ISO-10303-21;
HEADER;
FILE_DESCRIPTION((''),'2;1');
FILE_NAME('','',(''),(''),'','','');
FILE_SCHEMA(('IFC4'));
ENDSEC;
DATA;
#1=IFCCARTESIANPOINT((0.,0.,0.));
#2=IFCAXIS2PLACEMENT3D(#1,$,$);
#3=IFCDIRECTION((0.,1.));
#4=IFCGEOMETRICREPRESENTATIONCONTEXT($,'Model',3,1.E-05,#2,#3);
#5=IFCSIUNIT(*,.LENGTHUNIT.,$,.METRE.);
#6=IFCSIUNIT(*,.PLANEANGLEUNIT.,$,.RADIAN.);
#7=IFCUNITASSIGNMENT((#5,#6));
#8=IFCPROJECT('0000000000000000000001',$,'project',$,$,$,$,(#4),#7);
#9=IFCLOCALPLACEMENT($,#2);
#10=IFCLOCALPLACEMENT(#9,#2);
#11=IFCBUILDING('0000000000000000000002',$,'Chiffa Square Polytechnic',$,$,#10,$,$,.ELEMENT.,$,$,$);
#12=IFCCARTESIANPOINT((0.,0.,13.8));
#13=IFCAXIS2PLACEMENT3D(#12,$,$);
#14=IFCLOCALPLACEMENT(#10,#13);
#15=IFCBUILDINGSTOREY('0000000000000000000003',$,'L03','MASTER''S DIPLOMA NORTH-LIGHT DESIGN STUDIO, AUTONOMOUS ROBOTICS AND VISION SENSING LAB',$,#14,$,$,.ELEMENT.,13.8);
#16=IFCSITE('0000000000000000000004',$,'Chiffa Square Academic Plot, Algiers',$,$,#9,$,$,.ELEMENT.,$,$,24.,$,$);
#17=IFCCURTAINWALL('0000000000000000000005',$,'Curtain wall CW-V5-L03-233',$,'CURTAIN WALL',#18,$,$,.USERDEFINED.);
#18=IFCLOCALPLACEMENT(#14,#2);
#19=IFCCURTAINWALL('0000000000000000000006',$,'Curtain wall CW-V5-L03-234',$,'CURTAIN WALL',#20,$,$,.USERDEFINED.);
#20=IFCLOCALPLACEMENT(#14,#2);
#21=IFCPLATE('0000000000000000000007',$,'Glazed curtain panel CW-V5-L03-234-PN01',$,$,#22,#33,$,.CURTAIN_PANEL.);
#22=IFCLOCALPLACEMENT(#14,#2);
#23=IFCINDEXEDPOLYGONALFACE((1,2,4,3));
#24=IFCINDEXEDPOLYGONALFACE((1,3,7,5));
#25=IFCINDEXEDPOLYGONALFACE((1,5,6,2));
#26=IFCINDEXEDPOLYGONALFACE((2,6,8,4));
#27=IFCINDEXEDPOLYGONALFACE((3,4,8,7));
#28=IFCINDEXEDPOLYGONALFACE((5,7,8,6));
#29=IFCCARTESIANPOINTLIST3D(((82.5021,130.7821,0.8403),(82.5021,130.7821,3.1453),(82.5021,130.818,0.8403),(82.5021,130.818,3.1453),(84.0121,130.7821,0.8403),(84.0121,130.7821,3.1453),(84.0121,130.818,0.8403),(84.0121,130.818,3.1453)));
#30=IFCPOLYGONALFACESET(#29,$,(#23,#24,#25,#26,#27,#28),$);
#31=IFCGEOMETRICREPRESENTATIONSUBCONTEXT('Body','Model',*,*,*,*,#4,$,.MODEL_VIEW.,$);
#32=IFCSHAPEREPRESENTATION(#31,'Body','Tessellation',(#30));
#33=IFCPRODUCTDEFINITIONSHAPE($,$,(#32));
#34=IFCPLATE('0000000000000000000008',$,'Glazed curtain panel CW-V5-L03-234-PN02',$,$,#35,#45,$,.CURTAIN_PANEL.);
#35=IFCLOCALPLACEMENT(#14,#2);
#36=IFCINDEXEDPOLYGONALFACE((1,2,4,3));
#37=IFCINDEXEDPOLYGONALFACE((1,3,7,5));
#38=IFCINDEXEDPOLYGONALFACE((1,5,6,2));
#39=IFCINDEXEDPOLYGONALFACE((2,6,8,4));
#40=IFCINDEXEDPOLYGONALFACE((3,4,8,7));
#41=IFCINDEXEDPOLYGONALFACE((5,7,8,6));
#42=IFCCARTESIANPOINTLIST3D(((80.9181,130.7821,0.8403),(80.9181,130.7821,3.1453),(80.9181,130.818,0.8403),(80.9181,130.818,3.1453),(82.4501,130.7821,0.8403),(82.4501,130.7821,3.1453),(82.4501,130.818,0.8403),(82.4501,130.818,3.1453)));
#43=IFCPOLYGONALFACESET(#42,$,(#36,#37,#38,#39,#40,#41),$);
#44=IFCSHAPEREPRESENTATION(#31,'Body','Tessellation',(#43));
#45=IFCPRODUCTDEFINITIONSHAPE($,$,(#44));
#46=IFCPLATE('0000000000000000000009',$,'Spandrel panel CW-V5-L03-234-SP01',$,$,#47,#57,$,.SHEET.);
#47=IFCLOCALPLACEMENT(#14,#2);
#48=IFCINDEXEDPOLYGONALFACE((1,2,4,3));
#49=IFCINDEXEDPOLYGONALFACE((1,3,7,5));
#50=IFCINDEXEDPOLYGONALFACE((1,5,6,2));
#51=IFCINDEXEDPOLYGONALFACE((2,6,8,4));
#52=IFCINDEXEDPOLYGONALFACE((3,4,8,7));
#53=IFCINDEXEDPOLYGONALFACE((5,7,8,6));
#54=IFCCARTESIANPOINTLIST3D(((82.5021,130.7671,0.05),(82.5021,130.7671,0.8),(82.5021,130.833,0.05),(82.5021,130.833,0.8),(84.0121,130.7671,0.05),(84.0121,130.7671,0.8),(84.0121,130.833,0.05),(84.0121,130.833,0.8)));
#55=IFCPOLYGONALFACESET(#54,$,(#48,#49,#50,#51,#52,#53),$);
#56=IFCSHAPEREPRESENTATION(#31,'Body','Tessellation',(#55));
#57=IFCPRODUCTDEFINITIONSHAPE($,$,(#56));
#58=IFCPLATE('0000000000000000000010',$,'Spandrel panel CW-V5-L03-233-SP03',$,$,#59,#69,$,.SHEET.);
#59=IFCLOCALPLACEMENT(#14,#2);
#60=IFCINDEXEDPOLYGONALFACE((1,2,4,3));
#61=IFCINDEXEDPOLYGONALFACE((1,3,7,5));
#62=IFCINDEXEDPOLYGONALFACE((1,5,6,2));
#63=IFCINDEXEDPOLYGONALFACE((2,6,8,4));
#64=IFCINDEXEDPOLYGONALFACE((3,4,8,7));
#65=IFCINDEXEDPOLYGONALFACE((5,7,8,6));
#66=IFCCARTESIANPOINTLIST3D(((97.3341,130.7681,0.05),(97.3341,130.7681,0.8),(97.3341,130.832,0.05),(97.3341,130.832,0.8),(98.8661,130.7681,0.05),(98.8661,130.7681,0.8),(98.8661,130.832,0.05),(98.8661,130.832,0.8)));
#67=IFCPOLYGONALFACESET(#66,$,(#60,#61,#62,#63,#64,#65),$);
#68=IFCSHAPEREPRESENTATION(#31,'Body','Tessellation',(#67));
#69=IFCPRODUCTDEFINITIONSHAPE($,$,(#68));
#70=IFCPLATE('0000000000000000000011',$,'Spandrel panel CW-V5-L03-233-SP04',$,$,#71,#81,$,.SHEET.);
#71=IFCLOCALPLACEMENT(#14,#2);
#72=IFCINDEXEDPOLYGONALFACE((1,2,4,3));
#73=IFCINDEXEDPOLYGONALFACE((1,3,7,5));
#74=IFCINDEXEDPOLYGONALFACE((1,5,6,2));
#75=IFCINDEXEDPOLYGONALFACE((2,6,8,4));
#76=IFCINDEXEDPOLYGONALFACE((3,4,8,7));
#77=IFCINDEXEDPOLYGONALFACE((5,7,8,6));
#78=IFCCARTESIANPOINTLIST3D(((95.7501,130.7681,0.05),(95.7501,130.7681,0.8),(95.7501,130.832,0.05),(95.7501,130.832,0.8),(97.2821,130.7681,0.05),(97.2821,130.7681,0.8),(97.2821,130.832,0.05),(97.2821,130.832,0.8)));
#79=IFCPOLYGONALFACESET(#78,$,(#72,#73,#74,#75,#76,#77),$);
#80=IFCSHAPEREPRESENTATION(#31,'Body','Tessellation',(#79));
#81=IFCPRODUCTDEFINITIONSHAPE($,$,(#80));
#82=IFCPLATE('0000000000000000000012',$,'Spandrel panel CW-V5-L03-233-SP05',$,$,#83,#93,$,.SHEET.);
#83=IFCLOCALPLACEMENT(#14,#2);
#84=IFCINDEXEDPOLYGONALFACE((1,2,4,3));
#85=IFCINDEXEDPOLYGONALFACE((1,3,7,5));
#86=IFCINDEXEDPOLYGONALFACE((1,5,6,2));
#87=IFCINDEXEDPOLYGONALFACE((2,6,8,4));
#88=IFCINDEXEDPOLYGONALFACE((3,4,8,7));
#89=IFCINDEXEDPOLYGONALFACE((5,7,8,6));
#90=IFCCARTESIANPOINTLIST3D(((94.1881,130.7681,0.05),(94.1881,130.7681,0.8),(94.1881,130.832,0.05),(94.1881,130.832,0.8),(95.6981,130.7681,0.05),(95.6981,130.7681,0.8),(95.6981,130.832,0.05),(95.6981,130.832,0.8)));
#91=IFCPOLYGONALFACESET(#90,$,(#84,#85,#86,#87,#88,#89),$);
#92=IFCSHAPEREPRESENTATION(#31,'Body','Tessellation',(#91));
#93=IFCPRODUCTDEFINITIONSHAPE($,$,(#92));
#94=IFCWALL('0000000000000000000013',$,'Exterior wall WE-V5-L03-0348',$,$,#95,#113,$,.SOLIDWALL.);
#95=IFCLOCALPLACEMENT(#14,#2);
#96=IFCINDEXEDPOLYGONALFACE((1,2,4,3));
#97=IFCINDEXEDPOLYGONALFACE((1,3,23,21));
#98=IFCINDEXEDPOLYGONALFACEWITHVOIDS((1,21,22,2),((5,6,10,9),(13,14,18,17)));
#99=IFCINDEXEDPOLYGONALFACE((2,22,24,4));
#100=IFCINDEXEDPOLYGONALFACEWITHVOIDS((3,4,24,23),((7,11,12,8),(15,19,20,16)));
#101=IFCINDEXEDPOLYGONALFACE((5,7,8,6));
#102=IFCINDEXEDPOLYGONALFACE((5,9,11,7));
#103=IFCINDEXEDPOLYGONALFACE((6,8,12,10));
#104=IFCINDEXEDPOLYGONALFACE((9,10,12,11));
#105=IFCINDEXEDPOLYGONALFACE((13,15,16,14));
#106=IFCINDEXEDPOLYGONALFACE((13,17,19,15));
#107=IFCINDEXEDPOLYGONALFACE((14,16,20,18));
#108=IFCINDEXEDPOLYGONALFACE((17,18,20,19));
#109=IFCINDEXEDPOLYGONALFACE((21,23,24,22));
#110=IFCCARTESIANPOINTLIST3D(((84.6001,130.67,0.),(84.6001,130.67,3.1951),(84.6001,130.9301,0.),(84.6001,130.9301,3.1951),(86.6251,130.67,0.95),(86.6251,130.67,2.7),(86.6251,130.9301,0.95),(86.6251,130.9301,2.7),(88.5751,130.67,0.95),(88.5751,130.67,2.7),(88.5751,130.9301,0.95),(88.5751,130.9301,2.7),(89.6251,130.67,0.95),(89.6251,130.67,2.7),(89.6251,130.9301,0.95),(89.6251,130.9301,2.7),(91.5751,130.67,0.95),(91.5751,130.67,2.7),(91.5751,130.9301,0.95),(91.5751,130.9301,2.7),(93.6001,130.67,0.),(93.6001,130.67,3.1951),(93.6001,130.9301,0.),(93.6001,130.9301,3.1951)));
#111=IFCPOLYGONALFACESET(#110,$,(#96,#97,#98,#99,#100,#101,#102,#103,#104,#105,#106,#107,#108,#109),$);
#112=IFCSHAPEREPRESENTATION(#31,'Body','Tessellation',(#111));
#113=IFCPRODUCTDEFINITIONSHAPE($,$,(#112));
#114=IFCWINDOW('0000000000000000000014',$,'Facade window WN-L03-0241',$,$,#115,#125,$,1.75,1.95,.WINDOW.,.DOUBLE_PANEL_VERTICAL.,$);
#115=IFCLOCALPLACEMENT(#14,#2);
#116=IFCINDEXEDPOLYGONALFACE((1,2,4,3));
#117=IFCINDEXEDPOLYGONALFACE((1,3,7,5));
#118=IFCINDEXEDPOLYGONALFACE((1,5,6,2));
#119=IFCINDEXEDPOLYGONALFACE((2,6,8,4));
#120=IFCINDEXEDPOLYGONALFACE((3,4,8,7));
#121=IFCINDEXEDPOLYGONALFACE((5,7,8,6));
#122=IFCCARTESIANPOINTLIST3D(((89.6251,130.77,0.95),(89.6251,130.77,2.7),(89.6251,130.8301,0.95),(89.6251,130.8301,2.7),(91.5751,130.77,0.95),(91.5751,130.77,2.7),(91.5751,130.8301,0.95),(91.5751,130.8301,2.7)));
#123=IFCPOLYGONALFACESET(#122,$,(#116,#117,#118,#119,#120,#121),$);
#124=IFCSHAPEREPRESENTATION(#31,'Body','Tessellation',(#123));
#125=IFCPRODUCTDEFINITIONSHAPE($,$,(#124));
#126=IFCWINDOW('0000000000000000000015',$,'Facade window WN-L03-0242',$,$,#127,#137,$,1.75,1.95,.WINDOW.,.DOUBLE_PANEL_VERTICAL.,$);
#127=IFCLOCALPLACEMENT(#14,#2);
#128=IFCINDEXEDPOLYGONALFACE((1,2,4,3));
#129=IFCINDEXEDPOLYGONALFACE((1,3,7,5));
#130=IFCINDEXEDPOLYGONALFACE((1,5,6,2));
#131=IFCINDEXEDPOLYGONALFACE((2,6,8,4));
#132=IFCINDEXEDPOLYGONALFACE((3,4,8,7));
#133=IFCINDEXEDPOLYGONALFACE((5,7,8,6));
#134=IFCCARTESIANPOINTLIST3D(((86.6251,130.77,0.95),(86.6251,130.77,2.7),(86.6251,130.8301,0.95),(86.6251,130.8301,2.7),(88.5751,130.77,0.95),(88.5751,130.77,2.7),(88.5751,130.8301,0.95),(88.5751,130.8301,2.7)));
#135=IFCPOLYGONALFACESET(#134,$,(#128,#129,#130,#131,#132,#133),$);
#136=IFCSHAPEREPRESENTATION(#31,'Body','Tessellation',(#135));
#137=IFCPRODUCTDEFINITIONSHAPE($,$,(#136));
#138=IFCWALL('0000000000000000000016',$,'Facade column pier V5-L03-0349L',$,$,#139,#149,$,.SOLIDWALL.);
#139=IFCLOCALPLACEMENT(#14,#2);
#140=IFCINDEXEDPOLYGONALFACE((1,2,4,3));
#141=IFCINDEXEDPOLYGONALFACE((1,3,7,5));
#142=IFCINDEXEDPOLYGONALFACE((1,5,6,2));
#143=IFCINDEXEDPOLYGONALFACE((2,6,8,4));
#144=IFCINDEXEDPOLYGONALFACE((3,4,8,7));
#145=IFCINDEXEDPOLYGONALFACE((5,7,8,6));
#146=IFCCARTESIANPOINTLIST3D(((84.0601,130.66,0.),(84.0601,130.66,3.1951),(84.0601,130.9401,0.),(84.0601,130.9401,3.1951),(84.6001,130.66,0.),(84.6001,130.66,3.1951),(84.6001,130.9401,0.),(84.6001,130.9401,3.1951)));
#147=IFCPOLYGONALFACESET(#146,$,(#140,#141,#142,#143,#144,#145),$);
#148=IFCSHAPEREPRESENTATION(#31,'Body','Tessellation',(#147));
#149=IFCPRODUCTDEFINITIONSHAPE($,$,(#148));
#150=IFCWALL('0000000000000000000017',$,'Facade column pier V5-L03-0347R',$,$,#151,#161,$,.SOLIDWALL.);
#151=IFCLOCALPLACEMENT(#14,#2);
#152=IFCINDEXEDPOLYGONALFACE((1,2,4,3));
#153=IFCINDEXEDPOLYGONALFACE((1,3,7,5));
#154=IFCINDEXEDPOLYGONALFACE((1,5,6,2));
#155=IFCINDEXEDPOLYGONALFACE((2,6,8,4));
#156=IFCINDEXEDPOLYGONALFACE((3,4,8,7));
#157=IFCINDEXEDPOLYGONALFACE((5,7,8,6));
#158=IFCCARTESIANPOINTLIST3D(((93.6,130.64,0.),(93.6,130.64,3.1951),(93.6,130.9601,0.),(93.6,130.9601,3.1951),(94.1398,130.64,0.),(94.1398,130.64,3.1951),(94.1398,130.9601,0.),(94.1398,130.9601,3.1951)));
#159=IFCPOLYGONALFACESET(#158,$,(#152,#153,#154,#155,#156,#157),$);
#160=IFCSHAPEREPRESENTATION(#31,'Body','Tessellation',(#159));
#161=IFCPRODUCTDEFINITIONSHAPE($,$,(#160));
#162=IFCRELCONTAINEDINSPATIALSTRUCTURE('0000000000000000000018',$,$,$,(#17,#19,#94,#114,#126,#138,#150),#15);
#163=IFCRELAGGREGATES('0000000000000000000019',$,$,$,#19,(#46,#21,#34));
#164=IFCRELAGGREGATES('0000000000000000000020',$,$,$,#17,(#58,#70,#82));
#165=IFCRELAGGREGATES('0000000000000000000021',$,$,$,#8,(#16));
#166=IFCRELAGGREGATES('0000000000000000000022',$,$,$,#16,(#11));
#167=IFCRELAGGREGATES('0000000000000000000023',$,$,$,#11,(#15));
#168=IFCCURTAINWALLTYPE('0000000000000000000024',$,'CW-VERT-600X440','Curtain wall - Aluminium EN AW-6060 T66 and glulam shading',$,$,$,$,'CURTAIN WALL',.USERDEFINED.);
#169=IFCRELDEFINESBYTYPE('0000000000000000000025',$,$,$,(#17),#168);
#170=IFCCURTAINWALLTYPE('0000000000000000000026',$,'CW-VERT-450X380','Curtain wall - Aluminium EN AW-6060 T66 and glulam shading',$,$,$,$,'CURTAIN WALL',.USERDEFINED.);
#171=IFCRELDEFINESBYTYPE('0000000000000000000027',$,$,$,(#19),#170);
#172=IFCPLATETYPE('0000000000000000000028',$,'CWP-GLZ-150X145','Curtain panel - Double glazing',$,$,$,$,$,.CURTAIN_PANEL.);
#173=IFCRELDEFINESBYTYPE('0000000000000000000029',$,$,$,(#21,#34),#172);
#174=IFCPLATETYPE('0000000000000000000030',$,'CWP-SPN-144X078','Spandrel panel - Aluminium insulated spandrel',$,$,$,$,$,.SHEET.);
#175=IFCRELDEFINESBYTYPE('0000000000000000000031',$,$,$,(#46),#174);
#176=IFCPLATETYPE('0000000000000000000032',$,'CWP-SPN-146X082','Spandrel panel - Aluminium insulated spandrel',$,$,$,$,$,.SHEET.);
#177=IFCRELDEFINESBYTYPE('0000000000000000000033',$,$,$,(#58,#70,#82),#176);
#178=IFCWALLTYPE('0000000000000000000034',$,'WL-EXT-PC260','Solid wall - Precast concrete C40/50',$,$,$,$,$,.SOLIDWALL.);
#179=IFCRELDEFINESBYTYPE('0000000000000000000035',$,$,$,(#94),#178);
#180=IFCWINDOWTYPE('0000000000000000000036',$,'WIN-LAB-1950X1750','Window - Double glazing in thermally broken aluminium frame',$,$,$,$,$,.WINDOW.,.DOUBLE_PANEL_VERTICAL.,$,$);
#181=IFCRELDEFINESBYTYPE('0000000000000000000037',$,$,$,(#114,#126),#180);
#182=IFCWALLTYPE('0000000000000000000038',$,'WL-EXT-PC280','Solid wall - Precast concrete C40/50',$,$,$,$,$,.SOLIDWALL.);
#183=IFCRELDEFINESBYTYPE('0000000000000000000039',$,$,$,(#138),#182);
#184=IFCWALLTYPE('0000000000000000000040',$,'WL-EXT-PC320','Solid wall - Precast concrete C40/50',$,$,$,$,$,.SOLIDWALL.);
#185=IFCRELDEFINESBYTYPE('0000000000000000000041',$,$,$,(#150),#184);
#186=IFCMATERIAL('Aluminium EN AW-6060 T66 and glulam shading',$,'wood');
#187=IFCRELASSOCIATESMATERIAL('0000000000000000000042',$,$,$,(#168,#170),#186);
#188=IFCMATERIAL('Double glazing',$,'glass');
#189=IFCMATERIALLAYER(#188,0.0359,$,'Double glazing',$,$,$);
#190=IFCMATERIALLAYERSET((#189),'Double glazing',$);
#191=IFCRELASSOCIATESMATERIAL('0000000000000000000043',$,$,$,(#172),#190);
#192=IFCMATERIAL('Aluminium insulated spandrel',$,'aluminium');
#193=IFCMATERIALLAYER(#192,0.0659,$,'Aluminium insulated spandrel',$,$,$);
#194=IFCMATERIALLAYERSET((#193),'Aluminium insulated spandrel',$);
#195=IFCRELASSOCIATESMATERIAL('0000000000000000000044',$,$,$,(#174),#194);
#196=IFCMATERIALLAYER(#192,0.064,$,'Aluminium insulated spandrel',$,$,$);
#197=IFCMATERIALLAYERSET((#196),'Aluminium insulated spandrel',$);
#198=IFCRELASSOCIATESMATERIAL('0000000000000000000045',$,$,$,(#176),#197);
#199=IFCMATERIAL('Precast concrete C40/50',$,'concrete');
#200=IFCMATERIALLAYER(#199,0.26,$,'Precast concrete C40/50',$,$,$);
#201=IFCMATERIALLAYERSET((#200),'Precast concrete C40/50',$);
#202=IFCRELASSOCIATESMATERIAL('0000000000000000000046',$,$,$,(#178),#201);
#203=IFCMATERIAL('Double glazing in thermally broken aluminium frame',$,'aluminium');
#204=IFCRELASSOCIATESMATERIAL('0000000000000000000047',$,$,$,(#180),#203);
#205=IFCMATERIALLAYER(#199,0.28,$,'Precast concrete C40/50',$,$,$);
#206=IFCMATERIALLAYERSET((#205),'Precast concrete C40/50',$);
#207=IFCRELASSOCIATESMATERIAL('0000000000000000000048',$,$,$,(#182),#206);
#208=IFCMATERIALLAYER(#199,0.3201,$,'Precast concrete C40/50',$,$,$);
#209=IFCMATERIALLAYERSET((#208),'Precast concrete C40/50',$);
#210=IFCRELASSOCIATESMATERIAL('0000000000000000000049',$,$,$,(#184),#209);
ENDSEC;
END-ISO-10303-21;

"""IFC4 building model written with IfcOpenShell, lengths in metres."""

from ifc_helpers import new_model, si_unit, direction, frame, frame_2d, origin, origin_2d, place, context, subcontext, project, spatial, rectangle, extrude, material, layer, layer_set, type_object, element, fill, aggregate, save


model = new_model("IFC4")

# Units and contexts
model_context = context("Model", 3, precision=1e-05, world=origin(), true_north=direction((0.0, 1.0)))
body_context = subcontext(model_context, "Body", "Model", "MODEL_VIEW")
ifc_project = project(units=[si_unit("LENGTHUNIT", "METRE"), si_unit("PLANEANGLEUNIT", "RADIAN")], contexts=[model_context])

# Site, building, storey
site_placement = place(None, origin())
site = spatial("IfcSite", under=ifc_project, at=site_placement, Name="Chiffa Square Academic Plot, Algiers", CompositionType="ELEMENT", RefElevation=24.0)
building_placement = place(site_placement, origin())
building = spatial("IfcBuilding", under=site, at=building_placement, Name="Chiffa Square Polytechnic", CompositionType="ELEMENT")
storey_placement = place(building_placement, frame((0.0, 0.0, 13.8)))
storey = spatial("IfcBuildingStorey", under=building, at=storey_placement, Name="L03", Description="MASTER'S DIPLOMA NORTH-LIGHT DESIGN STUDIO, AUTONOMOUS ROBOTICS AND VISION SENSING LAB", CompositionType="ELEMENT", Elevation=13.8)

# Curtain walls
ifc_material_1 = material(Name="Aluminium EN AW-6060 T66 and glulam shading", Category="wood")
curtain_wall_type_1 = type_object("IfcCurtainWallType", Name="CW-VERT-600X440", Description="Curtain wall - Aluminium EN AW-6060 T66 and glulam shading", ElementType="CURTAIN WALL", PredefinedType="USERDEFINED", material=ifc_material_1)
curtain_wall_1_placement = place(storey_placement, origin())
curtain_wall_1 = element("IfcCurtainWall", 1, at=curtain_wall_1_placement, inside=storey, type_object=curtain_wall_type_1, Name="Curtain wall CW-V5-L03-233", ObjectType="CURTAIN WALL", PredefinedType="USERDEFINED")
curtain_wall_type_2 = type_object("IfcCurtainWallType", Name="CW-VERT-450X380", Description="Curtain wall - Aluminium EN AW-6060 T66 and glulam shading", ElementType="CURTAIN WALL", PredefinedType="USERDEFINED", material=ifc_material_1)
curtain_wall_2_placement = place(storey_placement, origin())
curtain_wall_2 = element("IfcCurtainWall", 2, at=curtain_wall_2_placement, inside=storey, type_object=curtain_wall_type_2, Name="Curtain wall CW-V5-L03-234", ObjectType="CURTAIN WALL", PredefinedType="USERDEFINED")

# Plates
ifc_material_2 = material(Name="Double glazing", Category="glass")
ifc_layer_1 = layer(ifc_material_2, 0.0359, Name="Double glazing")
ifc_layer_set_1 = layer_set([ifc_layer_1], Name="Double glazing")
plate_type_1 = type_object("IfcPlateType", Name="CWP-GLZ-150X145", Description="Curtain panel - Double glazing", PredefinedType="CURTAIN_PANEL", material=ifc_layer_set_1)
plate_1_placement = place(storey_placement, frame((83.2571, 130.8, 0.8403), z_axis=(0.0, 0.0, 1.0), x_axis=(-1.0, 0.0, 0.0)))
plate_1 = element("IfcPlate", 3, at=plate_1_placement, type_object=plate_type_1, Name="Glazed curtain panel CW-V5-L03-234-PN01", PredefinedType="CURTAIN_PANEL", context=body_context, shape_type="SweptSolid", body=[
    extrude(rectangle(XDim=1.51, YDim=0.0359, at=origin_2d()), origin(), (0.0, 0.0, 1.0), 2.3049),
])
plate_2_placement = place(storey_placement, frame((81.6841, 130.8, 0.8403), z_axis=(0.0, 0.0, 1.0), x_axis=(-1.0, 0.0, 0.0)))
plate_2 = element("IfcPlate", 4, at=plate_2_placement, type_object=plate_type_1, Name="Glazed curtain panel CW-V5-L03-234-PN02", PredefinedType="CURTAIN_PANEL", context=body_context, shape_type="SweptSolid", body=[
    extrude(rectangle(XDim=1.532, YDim=0.0359, at=origin_2d()), origin(), (0.0, 0.0, 1.0), 2.3049),
])
ifc_material_3 = material(Name="Aluminium insulated spandrel", Category="aluminium")
ifc_layer_2 = layer(ifc_material_3, 0.0659, Name="Aluminium insulated spandrel")
ifc_layer_set_2 = layer_set([ifc_layer_2], Name="Aluminium insulated spandrel")
plate_type_2 = type_object("IfcPlateType", Name="CWP-SPN-144X078", Description="Spandrel panel - Aluminium insulated spandrel", PredefinedType="SHEET", material=ifc_layer_set_2)
plate_3_placement = place(storey_placement, frame((83.2571, 130.8, 0.05), z_axis=(0.0, 0.0, 1.0), x_axis=(-1.0, 0.0, 0.0)))
plate_3 = element("IfcPlate", 5, at=plate_3_placement, type_object=plate_type_2, Name="Spandrel panel CW-V5-L03-234-SP01", PredefinedType="SHEET", context=body_context, shape_type="SweptSolid", body=[
    extrude(rectangle(XDim=1.51, YDim=0.0659, at=origin_2d()), origin(), (0.0, 0.0, 1.0), 0.75),
])
aggregate(curtain_wall_2, [plate_3, plate_1, plate_2])
ifc_layer_3 = layer(ifc_material_3, 0.064, Name="Aluminium insulated spandrel")
ifc_layer_set_3 = layer_set([ifc_layer_3], Name="Aluminium insulated spandrel")
plate_type_3 = type_object("IfcPlateType", Name="CWP-SPN-146X082", Description="Spandrel panel - Aluminium insulated spandrel", PredefinedType="SHEET", material=ifc_layer_set_3)
plate_4_placement = place(storey_placement, frame((98.1001, 130.8, 0.05), z_axis=(0.0, 0.0, 1.0), x_axis=(-1.0, 0.0, 0.0)))
plate_4 = element("IfcPlate", 6, at=plate_4_placement, type_object=plate_type_3, Name="Spandrel panel CW-V5-L03-233-SP03", PredefinedType="SHEET", context=body_context, shape_type="SweptSolid", body=[
    extrude(rectangle(XDim=1.532, YDim=0.064, at=origin_2d()), origin(), (0.0, 0.0, 1.0), 0.75),
])
plate_5_placement = place(storey_placement, frame((96.5161, 130.8, 0.05), z_axis=(0.0, 0.0, 1.0), x_axis=(-1.0, 0.0, 0.0)))
plate_5 = element("IfcPlate", 7, at=plate_5_placement, type_object=plate_type_3, Name="Spandrel panel CW-V5-L03-233-SP04", PredefinedType="SHEET", context=body_context, shape_type="SweptSolid", body=[
    extrude(rectangle(XDim=1.532, YDim=0.064, at=origin_2d()), origin(), (0.0, 0.0, 1.0), 0.75),
])
plate_6_placement = place(storey_placement, frame((94.9431, 130.8, 0.05), z_axis=(0.0, 0.0, 1.0), x_axis=(-1.0, 0.0, 0.0)))
plate_6 = element("IfcPlate", 8, at=plate_6_placement, type_object=plate_type_3, Name="Spandrel panel CW-V5-L03-233-SP05", PredefinedType="SHEET", context=body_context, shape_type="SweptSolid", body=[
    extrude(rectangle(XDim=1.51, YDim=0.064, at=origin_2d()), origin(), (0.0, 0.0, 1.0), 0.75),
])
aggregate(curtain_wall_1, [plate_4, plate_5, plate_6])

# Wall, openings, windows
ifc_material_4 = material(Name="Precast concrete C40/50", Category="concrete")
ifc_layer_4 = layer(ifc_material_4, 0.26, Name="Precast concrete C40/50")
ifc_layer_set_4 = layer_set([ifc_layer_4], Name="Precast concrete C40/50")
wall_type_1 = type_object("IfcWallType", Name="WL-EXT-PC260", Description="Solid wall - Precast concrete C40/50", PredefinedType="SOLIDWALL", material=ifc_layer_set_4)
wall_1_placement = place(storey_placement, frame((93.6001, 130.8, 0.0), z_axis=(0.0, 0.0, 1.0), x_axis=(-1.0, 0.0, 0.0)))
wall_1 = element("IfcWall", 9, at=wall_1_placement, inside=storey, type_object=wall_type_1, Name="Exterior wall WE-V5-L03-0348", PredefinedType="SOLIDWALL", context=body_context, shape_type="SweptSolid", body=[
    extrude(rectangle(XDim=9.0, YDim=0.26, at=frame_2d((4.5, 0.0))), origin(), (0.0, 0.0, 1.0), 3.1951),
])
opening_1_placement = place(wall_1_placement, frame((2.0249, 0.0, 0.95)))
opening_1 = element("IfcOpeningElement", 10, at=opening_1_placement, cuts=wall_1, PredefinedType="OPENING", context=body_context, shape_type="SweptSolid", body=[
    extrude(rectangle(XDim=1.95, YDim=1.75, at=frame_2d((0.9751, 0.875))), frame((0.0, 0.1401, 0.0), z_axis=(0.0, -1.0, 0.0), x_axis=(1.0, 0.0, 0.0)), (0.0, 0.0, 1.0), 0.28),
])
opening_2_placement = place(wall_1_placement, frame((5.0249, 0.0, 0.95)))
opening_2 = element("IfcOpeningElement", 11, at=opening_2_placement, cuts=wall_1, PredefinedType="OPENING", context=body_context, shape_type="SweptSolid", body=[
    extrude(rectangle(XDim=1.95, YDim=1.75, at=frame_2d((0.9751, 0.875))), frame((0.0, 0.1401, 0.0), z_axis=(0.0, -1.0, 0.0), x_axis=(1.0, 0.0, 0.0)), (0.0, 0.0, 1.0), 0.28),
])
ifc_material_5 = material(Name="Double glazing in thermally broken aluminium frame", Category="aluminium")
window_type = type_object("IfcWindowType", Name="WIN-LAB-1950X1750", Description="Window - Double glazing in thermally broken aluminium frame", PartitioningType="DOUBLE_PANEL_VERTICAL", PredefinedType="WINDOW", material=ifc_material_5)
window_1_placement = place(opening_1_placement, origin())
window_1 = element("IfcWindow", 12, at=window_1_placement, inside=storey, type_object=window_type, Name="Facade window WN-L03-0241", OverallHeight=1.75, OverallWidth=1.95, PartitioningType="DOUBLE_PANEL_VERTICAL", PredefinedType="WINDOW", context=body_context, shape_type="SweptSolid", body=[
    extrude(rectangle(XDim=1.95, YDim=1.75, at=frame_2d((0.9751, 0.875))), frame((0.0, 0.03, 0.0), z_axis=(0.0, -1.0, 0.0), x_axis=(1.0, 0.0, 0.0)), (0.0, 0.0, 1.0), 0.0601),
])
fill(opening_1, window_1)
window_2_placement = place(opening_2_placement, origin())
window_2 = element("IfcWindow", 13, at=window_2_placement, inside=storey, type_object=window_type, Name="Facade window WN-L03-0242", OverallHeight=1.75, OverallWidth=1.95, PartitioningType="DOUBLE_PANEL_VERTICAL", PredefinedType="WINDOW", context=body_context, shape_type="SweptSolid", body=[
    extrude(rectangle(XDim=1.95, YDim=1.75, at=frame_2d((0.9751, 0.875))), frame((0.0, 0.03, 0.0), z_axis=(0.0, -1.0, 0.0), x_axis=(1.0, 0.0, 0.0)), (0.0, 0.0, 1.0), 0.0601),
])
fill(opening_2, window_2)

# Walls
ifc_layer_5 = layer(ifc_material_4, 0.28, Name="Precast concrete C40/50")
ifc_layer_set_5 = layer_set([ifc_layer_5], Name="Precast concrete C40/50")
wall_type_2 = type_object("IfcWallType", Name="WL-EXT-PC280", Description="Solid wall - Precast concrete C40/50", PredefinedType="SOLIDWALL", material=ifc_layer_set_5)
wall_2_placement = place(storey_placement, frame((84.6001, 130.8, 0.0), z_axis=(0.0, 0.0, 1.0), x_axis=(-1.0, 0.0, 0.0)))
element("IfcWall", 14, at=wall_2_placement, inside=storey, type_object=wall_type_2, Name="Facade column pier V5-L03-0349L", PredefinedType="SOLIDWALL", context=body_context, shape_type="SweptSolid", body=[
    extrude(rectangle(XDim=0.54, YDim=0.28, at=frame_2d((0.27, 0.0))), origin(), (0.0, 0.0, 1.0), 3.1951),
])
ifc_layer_6 = layer(ifc_material_4, 0.3201, Name="Precast concrete C40/50")
ifc_layer_set_6 = layer_set([ifc_layer_6], Name="Precast concrete C40/50")
wall_type_3 = type_object("IfcWallType", Name="WL-EXT-PC320", Description="Solid wall - Precast concrete C40/50", PredefinedType="SOLIDWALL", material=ifc_layer_set_6)
wall_3_placement = place(storey_placement, frame((94.1399, 130.8, 0.0), z_axis=(0.0, 0.0, 1.0), x_axis=(-1.0, 0.0, 0.0)))
element("IfcWall", 15, at=wall_3_placement, inside=storey, type_object=wall_type_3, Name="Facade column pier V5-L03-0347R", PredefinedType="SOLIDWALL", context=body_context, shape_type="SweptSolid", body=[
    extrude(rectangle(XDim=0.5398, YDim=0.3201, at=frame_2d((0.27, 0.0))), origin(), (0.0, 0.0, 1.0), 3.1951),
])

save(model, "model.ifc")
